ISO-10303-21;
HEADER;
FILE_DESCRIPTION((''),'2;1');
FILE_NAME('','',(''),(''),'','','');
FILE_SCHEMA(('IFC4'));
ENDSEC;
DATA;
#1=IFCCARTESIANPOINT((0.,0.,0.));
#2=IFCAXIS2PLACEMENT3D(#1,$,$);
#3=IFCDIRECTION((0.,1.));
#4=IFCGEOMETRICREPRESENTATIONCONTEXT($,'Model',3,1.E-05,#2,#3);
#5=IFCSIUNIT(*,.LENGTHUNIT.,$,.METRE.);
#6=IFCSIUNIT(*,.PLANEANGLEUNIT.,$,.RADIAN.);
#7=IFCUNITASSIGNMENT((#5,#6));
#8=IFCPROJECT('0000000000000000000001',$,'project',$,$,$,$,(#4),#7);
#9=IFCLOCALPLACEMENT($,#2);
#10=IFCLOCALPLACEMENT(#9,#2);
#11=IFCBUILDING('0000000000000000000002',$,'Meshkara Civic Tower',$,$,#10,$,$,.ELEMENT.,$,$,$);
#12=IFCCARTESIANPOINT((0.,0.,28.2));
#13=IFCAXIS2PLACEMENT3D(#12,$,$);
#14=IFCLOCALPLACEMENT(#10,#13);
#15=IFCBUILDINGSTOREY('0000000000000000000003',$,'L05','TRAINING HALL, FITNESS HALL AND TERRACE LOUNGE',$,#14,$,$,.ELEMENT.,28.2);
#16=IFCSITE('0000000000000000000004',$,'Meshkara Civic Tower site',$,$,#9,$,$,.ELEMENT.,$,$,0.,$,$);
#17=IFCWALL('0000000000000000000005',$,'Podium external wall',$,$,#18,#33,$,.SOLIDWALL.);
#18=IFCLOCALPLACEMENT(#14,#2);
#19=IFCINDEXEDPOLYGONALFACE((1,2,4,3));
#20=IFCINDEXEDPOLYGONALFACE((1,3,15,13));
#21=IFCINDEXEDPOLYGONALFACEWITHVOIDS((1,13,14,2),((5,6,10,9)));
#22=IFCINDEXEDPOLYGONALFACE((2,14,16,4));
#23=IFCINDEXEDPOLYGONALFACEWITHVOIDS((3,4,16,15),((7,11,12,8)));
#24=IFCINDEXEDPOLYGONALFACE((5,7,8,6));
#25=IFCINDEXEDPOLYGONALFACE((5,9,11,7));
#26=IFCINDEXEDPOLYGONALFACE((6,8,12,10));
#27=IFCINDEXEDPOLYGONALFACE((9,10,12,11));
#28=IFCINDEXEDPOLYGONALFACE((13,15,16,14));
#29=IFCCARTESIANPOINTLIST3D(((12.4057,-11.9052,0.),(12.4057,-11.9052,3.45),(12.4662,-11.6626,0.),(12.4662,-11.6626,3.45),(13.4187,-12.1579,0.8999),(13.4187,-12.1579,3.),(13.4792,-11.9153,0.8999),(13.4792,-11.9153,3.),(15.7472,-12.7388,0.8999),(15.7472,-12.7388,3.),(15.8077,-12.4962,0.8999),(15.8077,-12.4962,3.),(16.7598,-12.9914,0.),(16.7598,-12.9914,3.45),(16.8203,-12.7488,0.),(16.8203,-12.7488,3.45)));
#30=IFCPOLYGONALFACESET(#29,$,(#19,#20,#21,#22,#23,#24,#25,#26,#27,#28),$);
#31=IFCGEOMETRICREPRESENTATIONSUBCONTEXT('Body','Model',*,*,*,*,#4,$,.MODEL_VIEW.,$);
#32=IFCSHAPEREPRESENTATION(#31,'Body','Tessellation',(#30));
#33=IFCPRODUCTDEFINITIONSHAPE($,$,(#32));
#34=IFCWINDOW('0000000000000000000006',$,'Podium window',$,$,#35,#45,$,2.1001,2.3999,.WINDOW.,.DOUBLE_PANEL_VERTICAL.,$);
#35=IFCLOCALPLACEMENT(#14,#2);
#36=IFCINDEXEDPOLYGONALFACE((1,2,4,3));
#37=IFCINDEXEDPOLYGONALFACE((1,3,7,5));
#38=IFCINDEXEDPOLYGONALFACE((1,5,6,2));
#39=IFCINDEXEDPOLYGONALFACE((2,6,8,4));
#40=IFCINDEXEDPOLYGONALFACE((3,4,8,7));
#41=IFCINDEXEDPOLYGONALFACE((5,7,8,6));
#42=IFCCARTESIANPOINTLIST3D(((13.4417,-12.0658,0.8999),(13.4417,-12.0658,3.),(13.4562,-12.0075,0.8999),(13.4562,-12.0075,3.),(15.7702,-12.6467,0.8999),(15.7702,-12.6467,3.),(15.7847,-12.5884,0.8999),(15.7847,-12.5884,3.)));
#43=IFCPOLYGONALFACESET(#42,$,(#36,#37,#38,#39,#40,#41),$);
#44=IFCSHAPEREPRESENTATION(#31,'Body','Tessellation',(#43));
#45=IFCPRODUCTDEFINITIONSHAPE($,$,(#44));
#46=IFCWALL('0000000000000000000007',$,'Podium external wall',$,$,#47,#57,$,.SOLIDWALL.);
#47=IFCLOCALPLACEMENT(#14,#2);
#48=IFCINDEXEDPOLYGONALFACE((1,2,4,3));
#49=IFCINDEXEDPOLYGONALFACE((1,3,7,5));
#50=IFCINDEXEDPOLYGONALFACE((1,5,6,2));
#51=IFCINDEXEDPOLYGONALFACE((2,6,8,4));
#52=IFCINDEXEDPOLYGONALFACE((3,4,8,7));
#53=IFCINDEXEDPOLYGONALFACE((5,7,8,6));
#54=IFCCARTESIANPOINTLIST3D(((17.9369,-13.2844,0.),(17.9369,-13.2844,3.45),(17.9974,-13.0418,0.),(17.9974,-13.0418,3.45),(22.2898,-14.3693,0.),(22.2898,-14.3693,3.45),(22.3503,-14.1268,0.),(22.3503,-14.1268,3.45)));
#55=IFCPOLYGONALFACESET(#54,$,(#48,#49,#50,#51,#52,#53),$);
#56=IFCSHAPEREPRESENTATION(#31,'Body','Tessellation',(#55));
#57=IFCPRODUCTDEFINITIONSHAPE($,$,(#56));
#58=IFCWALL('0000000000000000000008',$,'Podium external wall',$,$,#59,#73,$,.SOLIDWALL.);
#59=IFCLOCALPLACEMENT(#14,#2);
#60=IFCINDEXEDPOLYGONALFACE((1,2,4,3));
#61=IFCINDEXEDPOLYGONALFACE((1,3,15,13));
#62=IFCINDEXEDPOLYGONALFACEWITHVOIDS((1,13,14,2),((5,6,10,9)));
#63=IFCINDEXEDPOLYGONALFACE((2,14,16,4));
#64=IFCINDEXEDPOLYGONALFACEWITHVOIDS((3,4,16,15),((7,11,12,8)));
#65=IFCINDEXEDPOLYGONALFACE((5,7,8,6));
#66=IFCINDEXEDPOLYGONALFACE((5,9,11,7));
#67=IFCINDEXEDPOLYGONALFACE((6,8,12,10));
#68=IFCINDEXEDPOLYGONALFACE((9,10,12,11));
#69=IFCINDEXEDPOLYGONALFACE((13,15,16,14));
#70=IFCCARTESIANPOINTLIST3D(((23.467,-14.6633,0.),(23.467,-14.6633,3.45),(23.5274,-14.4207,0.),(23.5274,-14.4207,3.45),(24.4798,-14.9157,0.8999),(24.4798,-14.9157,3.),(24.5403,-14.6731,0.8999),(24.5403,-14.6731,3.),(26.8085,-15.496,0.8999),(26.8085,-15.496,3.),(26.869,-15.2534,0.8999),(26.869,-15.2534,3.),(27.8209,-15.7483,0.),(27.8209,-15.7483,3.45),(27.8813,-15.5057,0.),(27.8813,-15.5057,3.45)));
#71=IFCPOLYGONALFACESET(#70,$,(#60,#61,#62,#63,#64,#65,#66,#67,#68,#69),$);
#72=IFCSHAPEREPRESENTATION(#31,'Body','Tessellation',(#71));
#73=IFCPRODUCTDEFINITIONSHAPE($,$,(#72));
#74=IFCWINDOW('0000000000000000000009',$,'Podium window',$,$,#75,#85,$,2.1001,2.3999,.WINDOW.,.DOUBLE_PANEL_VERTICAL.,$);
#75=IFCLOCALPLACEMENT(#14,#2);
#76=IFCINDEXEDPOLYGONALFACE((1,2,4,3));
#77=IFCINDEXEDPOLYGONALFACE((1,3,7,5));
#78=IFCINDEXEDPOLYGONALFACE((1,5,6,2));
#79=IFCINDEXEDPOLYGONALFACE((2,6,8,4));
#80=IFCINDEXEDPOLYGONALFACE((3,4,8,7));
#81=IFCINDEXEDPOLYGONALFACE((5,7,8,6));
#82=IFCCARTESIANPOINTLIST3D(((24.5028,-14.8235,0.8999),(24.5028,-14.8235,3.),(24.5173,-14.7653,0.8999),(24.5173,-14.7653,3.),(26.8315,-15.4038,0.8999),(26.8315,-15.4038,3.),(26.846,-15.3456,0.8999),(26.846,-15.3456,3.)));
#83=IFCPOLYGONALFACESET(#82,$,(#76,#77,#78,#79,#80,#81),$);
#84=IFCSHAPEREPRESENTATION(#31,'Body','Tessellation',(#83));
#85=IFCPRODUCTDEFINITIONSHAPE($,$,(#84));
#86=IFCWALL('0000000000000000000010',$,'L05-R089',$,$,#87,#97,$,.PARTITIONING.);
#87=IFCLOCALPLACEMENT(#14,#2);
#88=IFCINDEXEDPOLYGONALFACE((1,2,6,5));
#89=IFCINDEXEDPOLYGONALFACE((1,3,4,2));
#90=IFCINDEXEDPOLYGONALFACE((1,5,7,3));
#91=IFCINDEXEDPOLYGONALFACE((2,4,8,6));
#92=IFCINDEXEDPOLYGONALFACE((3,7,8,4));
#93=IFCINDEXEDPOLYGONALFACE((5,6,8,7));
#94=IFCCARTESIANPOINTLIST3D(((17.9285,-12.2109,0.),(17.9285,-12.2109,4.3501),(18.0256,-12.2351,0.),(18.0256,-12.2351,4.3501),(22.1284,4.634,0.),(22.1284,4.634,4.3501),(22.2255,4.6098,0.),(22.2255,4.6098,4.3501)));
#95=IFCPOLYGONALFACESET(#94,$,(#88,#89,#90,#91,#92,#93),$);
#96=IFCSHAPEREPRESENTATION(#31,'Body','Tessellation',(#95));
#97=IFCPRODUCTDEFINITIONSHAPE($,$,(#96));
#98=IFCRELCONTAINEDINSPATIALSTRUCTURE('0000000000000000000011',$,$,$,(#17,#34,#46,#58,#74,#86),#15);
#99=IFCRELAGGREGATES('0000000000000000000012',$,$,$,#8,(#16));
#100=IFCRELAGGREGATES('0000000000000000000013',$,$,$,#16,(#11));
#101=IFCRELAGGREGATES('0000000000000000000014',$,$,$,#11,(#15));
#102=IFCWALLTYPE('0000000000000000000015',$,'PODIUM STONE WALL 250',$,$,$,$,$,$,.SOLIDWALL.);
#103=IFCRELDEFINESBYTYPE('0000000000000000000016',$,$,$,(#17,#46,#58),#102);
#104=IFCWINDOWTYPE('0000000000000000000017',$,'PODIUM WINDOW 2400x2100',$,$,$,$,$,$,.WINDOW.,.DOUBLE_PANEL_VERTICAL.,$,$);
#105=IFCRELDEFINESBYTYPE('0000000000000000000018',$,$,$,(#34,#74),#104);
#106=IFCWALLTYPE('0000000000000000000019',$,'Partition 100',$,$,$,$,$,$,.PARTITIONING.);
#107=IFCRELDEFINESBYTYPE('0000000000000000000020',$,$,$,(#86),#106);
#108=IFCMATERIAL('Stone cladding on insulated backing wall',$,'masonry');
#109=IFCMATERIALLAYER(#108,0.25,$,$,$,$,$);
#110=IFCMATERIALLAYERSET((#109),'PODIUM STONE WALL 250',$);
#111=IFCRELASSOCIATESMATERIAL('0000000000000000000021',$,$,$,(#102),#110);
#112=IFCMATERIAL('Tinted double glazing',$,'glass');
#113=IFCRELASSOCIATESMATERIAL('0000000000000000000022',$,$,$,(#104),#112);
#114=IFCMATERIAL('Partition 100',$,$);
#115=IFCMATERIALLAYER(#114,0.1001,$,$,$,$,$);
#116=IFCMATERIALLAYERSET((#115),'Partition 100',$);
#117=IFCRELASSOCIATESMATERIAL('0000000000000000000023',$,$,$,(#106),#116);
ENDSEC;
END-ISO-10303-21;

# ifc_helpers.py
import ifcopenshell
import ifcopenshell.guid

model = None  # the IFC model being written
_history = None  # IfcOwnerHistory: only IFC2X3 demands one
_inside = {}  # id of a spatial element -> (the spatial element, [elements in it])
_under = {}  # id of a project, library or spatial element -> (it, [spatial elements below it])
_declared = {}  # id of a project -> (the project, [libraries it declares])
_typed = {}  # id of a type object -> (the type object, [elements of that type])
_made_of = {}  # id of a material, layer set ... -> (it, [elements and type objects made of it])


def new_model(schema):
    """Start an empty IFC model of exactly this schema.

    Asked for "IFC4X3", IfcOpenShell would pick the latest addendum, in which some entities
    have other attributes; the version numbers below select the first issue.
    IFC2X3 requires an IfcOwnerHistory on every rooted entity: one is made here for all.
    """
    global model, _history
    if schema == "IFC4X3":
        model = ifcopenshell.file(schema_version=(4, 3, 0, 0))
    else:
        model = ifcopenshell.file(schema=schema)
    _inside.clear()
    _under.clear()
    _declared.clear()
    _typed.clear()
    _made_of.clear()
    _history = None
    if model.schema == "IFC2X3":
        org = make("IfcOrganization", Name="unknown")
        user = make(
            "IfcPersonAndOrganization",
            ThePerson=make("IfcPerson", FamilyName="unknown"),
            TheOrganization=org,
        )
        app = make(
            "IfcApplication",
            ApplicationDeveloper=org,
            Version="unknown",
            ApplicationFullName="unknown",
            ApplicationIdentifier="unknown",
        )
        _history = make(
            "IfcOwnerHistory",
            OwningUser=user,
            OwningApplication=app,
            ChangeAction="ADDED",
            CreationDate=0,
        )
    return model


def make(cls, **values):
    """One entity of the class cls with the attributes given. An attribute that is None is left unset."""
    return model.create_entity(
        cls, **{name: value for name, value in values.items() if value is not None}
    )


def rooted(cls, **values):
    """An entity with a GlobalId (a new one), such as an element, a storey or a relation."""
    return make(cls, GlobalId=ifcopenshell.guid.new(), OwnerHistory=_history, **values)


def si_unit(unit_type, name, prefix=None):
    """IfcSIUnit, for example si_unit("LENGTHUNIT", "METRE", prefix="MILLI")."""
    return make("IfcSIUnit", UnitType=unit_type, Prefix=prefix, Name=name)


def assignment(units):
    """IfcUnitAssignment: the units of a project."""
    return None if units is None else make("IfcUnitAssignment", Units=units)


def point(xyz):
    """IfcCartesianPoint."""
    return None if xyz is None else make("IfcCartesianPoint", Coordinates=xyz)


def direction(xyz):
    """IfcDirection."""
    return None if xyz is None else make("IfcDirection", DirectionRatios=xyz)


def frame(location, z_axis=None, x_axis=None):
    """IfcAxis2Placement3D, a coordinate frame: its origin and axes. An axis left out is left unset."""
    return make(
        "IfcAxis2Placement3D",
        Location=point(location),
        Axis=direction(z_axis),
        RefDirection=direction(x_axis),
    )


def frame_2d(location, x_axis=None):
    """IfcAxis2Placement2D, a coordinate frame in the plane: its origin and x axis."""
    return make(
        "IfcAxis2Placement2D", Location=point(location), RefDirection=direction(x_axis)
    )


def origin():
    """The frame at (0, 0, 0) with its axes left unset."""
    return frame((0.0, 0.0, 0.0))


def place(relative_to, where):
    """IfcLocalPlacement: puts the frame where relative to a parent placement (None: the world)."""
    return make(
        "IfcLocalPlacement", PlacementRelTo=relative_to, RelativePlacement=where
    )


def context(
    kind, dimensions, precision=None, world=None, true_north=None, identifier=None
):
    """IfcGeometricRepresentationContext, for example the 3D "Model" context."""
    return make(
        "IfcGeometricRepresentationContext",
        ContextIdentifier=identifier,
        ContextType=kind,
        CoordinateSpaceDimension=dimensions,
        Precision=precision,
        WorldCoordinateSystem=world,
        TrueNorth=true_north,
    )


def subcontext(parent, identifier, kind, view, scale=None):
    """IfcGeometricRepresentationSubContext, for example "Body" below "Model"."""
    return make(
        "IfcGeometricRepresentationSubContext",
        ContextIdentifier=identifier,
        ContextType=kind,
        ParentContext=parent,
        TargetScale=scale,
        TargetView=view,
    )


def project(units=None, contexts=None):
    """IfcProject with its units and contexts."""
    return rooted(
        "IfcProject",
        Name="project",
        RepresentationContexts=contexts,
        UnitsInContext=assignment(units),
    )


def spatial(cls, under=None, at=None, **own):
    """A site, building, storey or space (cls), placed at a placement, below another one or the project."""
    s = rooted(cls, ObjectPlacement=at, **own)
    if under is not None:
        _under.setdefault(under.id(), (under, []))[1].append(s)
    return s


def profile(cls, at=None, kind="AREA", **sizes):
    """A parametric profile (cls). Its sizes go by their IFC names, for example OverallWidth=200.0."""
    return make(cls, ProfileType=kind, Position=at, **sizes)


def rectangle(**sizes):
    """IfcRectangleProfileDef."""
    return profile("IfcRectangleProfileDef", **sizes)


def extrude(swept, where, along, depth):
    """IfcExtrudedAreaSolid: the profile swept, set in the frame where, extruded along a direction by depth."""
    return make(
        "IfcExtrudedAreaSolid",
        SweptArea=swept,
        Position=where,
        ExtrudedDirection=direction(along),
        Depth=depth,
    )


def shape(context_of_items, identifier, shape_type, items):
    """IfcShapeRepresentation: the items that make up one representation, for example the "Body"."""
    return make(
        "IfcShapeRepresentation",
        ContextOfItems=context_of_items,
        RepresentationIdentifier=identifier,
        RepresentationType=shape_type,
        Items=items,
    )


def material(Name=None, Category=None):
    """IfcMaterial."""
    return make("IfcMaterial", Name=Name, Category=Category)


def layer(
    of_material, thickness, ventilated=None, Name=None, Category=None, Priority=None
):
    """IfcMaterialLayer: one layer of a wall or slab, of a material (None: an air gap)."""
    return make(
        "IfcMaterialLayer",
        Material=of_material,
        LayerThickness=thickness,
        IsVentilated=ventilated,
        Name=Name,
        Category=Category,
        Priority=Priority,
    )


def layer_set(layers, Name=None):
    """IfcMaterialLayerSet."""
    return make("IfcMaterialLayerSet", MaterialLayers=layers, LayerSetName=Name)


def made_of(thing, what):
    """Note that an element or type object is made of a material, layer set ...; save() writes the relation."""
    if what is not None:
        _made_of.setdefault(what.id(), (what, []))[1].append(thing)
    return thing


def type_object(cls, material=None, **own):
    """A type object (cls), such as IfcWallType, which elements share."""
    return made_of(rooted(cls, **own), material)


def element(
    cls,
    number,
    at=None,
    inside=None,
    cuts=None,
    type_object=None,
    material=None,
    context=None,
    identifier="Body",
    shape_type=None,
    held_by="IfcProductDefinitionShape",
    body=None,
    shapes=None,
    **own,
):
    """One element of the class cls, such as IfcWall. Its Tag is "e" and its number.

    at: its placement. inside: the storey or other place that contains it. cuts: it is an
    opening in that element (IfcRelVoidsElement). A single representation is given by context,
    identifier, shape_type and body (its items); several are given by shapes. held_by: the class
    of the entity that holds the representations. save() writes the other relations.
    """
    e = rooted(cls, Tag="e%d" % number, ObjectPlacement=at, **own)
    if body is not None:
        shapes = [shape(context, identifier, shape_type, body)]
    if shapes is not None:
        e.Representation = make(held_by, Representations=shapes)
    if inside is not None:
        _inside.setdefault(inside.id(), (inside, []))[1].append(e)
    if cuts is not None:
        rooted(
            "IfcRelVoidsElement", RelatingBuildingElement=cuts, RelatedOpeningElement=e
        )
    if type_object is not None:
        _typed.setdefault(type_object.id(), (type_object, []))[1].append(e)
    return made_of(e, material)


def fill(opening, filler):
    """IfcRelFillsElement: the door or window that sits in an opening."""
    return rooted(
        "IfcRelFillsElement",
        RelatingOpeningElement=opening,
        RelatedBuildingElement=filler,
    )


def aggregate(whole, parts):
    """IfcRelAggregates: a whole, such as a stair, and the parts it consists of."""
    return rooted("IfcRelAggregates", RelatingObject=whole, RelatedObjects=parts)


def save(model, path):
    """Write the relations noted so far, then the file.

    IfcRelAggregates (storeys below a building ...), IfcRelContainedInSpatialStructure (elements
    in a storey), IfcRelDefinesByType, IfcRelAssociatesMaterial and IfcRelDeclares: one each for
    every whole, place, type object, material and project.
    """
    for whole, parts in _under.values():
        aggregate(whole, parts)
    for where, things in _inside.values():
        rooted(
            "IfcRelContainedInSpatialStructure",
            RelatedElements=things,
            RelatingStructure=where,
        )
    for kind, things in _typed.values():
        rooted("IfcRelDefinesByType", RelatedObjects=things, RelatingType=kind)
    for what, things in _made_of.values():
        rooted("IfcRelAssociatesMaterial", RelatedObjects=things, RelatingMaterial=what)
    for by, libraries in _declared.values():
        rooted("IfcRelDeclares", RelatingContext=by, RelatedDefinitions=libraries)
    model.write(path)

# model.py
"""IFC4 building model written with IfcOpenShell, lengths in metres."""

from ifc_helpers import new_model, si_unit, direction, frame, frame_2d, origin, place, context, subcontext, project, spatial, rectangle, extrude, material, layer, layer_set, type_object, element, fill, save


model = new_model("IFC4")

# Units and contexts
model_context = context("Model", 3, precision=1e-05, world=origin(), true_north=direction((0.0, 1.0)))
body_context = subcontext(model_context, "Body", "Model", "MODEL_VIEW")
ifc_project = project(units=[si_unit("LENGTHUNIT", "METRE"), si_unit("PLANEANGLEUNIT", "RADIAN")], contexts=[model_context])

# Site, building, storey
site_placement = place(None, origin())
site = spatial("IfcSite", under=ifc_project, at=site_placement, Name="Meshkara Civic Tower site", CompositionType="ELEMENT", RefElevation=0.0)
building_placement = place(site_placement, origin())
building = spatial("IfcBuilding", under=site, at=building_placement, Name="Meshkara Civic Tower", CompositionType="ELEMENT")
storey_placement = place(building_placement, frame((0.0, 0.0, 28.2)))
storey = spatial("IfcBuildingStorey", under=building, at=storey_placement, Name="L05", Description="TRAINING HALL, FITNESS HALL AND TERRACE LOUNGE", CompositionType="ELEMENT", Elevation=28.2)

# Shared definitions
ifc_material_1 = material(Name="Stone cladding on insulated backing wall", Category="masonry")
ifc_layer_1 = layer(ifc_material_1, 0.25)
ifc_layer_set_1 = layer_set([ifc_layer_1], Name="PODIUM STONE WALL 250")
wall_type_1 = type_object("IfcWallType", Name="PODIUM STONE WALL 250", PredefinedType="SOLIDWALL", material=ifc_layer_set_1)

# Wall, opening, window
wall_1_placement = place(storey_placement, frame((12.436, -11.7839, 0.0), z_axis=(0.0, 0.0, 1.0), x_axis=(0.970264, -0.242049, 0.0)))
wall_1 = element("IfcWall", 1, at=wall_1_placement, inside=storey, type_object=wall_type_1, Name="Podium external wall", PredefinedType="SOLIDWALL", context=body_context, shape_type="SweptSolid", body=[
    extrude(rectangle(XDim=4.4875, YDim=0.25, at=frame_2d((2.2437, 0.0))), origin(), (0.0, 0.0, 1.0), 3.45),
])
opening_1_placement = place(wall_1_placement, frame((1.0439, 0.0, 0.8999)))
opening_1 = element("IfcOpeningElement", 2, at=opening_1_placement, cuts=wall_1, PredefinedType="OPENING", context=body_context, shape_type="SweptSolid", body=[
    extrude(rectangle(XDim=2.3999, YDim=2.1001, at=frame_2d((1.2, 1.05))), frame((0.0, 0.135, 0.0), z_axis=(0.0, -1.0, 0.0), x_axis=(1.0, 0.0, 0.0)), (0.0, 0.0, 1.0), 0.27),
])
ifc_material_2 = material(Name="Tinted double glazing", Category="glass")
window_type = type_object("IfcWindowType", Name="PODIUM WINDOW 2400x2100", PartitioningType="DOUBLE_PANEL_VERTICAL", PredefinedType="WINDOW", material=ifc_material_2)
window_1_placement = place(opening_1_placement, origin())
window_1 = element("IfcWindow", 3, at=window_1_placement, inside=storey, type_object=window_type, Name="Podium window", OverallHeight=2.1001, OverallWidth=2.3999, PartitioningType="DOUBLE_PANEL_VERTICAL", PredefinedType="WINDOW", context=body_context, shape_type="SweptSolid", body=[
    extrude(rectangle(XDim=2.3999, YDim=2.1001, at=frame_2d((1.2, 1.05))), frame((0.0, 0.03, 0.0), z_axis=(0.0, -1.0, 0.0), x_axis=(1.0, 0.0, 0.0)), (0.0, 0.0, 1.0), 0.0601),
])
fill(opening_1, window_1)

# Wall
wall_2_placement = place(storey_placement, frame((17.967, -13.1631, 0.0), z_axis=(0.0, 0.0, 1.0), x_axis=(0.970315, -0.241844, 0.0)))
element("IfcWall", 4, at=wall_2_placement, inside=storey, type_object=wall_type_1, Name="Podium external wall", PredefinedType="SOLIDWALL", context=body_context, shape_type="SweptSolid", body=[
    extrude(rectangle(XDim=4.4861, YDim=0.25, at=frame_2d((2.2432, 0.0))), origin(), (0.0, 0.0, 1.0), 3.45),
])

# Wall, opening, window
wall_3_placement = place(storey_placement, frame((23.4971, -14.542, 0.0), z_axis=(0.0, 0.0, 1.0), x_axis=(0.970328, -0.241793, 0.0)))
wall_3 = element("IfcWall", 5, at=wall_3_placement, inside=storey, type_object=wall_type_1, Name="Podium external wall", PredefinedType="SOLIDWALL", context=body_context, shape_type="SweptSolid", body=[
    extrude(rectangle(XDim=4.4871, YDim=0.25, at=frame_2d((2.2437, 0.0))), origin(), (0.0, 0.0, 1.0), 3.45),
])
opening_2_placement = place(wall_3_placement, frame((1.0439, 0.0, 0.8999)))
opening_2 = element("IfcOpeningElement", 6, at=opening_2_placement, cuts=wall_3, PredefinedType="OPENING", context=body_context, shape_type="SweptSolid", body=[
    extrude(rectangle(XDim=2.3999, YDim=2.1001, at=frame_2d((1.2, 1.05))), frame((0.0, 0.135, 0.0), z_axis=(0.0, -1.0, 0.0), x_axis=(1.0, 0.0, 0.0)), (0.0, 0.0, 1.0), 0.27),
])
window_2_placement = place(opening_2_placement, origin())
window_2 = element("IfcWindow", 7, at=window_2_placement, inside=storey, type_object=window_type, Name="Podium window", OverallHeight=2.1001, OverallWidth=2.3999, PartitioningType="DOUBLE_PANEL_VERTICAL", PredefinedType="WINDOW", context=body_context, shape_type="SweptSolid", body=[
    extrude(rectangle(XDim=2.3999, YDim=2.1001, at=frame_2d((1.2, 1.05))), frame((0.0, 0.03, 0.0), z_axis=(0.0, -1.0, 0.0), x_axis=(1.0, 0.0, 0.0)), (0.0, 0.0, 1.0), 0.0601),
])
fill(opening_2, window_2)

# Wall
ifc_material_3 = material(Name="Partition 100")
ifc_layer_2 = layer(ifc_material_3, 0.1001)
ifc_layer_set_2 = layer_set([ifc_layer_2], Name="Partition 100")
wall_type_2 = type_object("IfcWallType", Name="Partition 100", PredefinedType="PARTITIONING", material=ifc_layer_set_2)
wall_4_placement = place(storey_placement, frame((17.9771, -12.2229, 0.0), z_axis=(0.0, 0.0, 1.0), x_axis=(0.241923, 0.970295, 0.0)))
element("IfcWall", 8, at=wall_4_placement, inside=storey, type_object=wall_type_2, Name="L05-R089", PredefinedType="PARTITIONING", context=body_context, shape_type="SweptSolid", body=[
    extrude(rectangle(XDim=17.3606, YDim=0.1001, at=frame_2d((8.6802, 0.0))), origin(), (0.0, 0.0, 1.0), 4.3501),
])

save(model, "model.ifc")
